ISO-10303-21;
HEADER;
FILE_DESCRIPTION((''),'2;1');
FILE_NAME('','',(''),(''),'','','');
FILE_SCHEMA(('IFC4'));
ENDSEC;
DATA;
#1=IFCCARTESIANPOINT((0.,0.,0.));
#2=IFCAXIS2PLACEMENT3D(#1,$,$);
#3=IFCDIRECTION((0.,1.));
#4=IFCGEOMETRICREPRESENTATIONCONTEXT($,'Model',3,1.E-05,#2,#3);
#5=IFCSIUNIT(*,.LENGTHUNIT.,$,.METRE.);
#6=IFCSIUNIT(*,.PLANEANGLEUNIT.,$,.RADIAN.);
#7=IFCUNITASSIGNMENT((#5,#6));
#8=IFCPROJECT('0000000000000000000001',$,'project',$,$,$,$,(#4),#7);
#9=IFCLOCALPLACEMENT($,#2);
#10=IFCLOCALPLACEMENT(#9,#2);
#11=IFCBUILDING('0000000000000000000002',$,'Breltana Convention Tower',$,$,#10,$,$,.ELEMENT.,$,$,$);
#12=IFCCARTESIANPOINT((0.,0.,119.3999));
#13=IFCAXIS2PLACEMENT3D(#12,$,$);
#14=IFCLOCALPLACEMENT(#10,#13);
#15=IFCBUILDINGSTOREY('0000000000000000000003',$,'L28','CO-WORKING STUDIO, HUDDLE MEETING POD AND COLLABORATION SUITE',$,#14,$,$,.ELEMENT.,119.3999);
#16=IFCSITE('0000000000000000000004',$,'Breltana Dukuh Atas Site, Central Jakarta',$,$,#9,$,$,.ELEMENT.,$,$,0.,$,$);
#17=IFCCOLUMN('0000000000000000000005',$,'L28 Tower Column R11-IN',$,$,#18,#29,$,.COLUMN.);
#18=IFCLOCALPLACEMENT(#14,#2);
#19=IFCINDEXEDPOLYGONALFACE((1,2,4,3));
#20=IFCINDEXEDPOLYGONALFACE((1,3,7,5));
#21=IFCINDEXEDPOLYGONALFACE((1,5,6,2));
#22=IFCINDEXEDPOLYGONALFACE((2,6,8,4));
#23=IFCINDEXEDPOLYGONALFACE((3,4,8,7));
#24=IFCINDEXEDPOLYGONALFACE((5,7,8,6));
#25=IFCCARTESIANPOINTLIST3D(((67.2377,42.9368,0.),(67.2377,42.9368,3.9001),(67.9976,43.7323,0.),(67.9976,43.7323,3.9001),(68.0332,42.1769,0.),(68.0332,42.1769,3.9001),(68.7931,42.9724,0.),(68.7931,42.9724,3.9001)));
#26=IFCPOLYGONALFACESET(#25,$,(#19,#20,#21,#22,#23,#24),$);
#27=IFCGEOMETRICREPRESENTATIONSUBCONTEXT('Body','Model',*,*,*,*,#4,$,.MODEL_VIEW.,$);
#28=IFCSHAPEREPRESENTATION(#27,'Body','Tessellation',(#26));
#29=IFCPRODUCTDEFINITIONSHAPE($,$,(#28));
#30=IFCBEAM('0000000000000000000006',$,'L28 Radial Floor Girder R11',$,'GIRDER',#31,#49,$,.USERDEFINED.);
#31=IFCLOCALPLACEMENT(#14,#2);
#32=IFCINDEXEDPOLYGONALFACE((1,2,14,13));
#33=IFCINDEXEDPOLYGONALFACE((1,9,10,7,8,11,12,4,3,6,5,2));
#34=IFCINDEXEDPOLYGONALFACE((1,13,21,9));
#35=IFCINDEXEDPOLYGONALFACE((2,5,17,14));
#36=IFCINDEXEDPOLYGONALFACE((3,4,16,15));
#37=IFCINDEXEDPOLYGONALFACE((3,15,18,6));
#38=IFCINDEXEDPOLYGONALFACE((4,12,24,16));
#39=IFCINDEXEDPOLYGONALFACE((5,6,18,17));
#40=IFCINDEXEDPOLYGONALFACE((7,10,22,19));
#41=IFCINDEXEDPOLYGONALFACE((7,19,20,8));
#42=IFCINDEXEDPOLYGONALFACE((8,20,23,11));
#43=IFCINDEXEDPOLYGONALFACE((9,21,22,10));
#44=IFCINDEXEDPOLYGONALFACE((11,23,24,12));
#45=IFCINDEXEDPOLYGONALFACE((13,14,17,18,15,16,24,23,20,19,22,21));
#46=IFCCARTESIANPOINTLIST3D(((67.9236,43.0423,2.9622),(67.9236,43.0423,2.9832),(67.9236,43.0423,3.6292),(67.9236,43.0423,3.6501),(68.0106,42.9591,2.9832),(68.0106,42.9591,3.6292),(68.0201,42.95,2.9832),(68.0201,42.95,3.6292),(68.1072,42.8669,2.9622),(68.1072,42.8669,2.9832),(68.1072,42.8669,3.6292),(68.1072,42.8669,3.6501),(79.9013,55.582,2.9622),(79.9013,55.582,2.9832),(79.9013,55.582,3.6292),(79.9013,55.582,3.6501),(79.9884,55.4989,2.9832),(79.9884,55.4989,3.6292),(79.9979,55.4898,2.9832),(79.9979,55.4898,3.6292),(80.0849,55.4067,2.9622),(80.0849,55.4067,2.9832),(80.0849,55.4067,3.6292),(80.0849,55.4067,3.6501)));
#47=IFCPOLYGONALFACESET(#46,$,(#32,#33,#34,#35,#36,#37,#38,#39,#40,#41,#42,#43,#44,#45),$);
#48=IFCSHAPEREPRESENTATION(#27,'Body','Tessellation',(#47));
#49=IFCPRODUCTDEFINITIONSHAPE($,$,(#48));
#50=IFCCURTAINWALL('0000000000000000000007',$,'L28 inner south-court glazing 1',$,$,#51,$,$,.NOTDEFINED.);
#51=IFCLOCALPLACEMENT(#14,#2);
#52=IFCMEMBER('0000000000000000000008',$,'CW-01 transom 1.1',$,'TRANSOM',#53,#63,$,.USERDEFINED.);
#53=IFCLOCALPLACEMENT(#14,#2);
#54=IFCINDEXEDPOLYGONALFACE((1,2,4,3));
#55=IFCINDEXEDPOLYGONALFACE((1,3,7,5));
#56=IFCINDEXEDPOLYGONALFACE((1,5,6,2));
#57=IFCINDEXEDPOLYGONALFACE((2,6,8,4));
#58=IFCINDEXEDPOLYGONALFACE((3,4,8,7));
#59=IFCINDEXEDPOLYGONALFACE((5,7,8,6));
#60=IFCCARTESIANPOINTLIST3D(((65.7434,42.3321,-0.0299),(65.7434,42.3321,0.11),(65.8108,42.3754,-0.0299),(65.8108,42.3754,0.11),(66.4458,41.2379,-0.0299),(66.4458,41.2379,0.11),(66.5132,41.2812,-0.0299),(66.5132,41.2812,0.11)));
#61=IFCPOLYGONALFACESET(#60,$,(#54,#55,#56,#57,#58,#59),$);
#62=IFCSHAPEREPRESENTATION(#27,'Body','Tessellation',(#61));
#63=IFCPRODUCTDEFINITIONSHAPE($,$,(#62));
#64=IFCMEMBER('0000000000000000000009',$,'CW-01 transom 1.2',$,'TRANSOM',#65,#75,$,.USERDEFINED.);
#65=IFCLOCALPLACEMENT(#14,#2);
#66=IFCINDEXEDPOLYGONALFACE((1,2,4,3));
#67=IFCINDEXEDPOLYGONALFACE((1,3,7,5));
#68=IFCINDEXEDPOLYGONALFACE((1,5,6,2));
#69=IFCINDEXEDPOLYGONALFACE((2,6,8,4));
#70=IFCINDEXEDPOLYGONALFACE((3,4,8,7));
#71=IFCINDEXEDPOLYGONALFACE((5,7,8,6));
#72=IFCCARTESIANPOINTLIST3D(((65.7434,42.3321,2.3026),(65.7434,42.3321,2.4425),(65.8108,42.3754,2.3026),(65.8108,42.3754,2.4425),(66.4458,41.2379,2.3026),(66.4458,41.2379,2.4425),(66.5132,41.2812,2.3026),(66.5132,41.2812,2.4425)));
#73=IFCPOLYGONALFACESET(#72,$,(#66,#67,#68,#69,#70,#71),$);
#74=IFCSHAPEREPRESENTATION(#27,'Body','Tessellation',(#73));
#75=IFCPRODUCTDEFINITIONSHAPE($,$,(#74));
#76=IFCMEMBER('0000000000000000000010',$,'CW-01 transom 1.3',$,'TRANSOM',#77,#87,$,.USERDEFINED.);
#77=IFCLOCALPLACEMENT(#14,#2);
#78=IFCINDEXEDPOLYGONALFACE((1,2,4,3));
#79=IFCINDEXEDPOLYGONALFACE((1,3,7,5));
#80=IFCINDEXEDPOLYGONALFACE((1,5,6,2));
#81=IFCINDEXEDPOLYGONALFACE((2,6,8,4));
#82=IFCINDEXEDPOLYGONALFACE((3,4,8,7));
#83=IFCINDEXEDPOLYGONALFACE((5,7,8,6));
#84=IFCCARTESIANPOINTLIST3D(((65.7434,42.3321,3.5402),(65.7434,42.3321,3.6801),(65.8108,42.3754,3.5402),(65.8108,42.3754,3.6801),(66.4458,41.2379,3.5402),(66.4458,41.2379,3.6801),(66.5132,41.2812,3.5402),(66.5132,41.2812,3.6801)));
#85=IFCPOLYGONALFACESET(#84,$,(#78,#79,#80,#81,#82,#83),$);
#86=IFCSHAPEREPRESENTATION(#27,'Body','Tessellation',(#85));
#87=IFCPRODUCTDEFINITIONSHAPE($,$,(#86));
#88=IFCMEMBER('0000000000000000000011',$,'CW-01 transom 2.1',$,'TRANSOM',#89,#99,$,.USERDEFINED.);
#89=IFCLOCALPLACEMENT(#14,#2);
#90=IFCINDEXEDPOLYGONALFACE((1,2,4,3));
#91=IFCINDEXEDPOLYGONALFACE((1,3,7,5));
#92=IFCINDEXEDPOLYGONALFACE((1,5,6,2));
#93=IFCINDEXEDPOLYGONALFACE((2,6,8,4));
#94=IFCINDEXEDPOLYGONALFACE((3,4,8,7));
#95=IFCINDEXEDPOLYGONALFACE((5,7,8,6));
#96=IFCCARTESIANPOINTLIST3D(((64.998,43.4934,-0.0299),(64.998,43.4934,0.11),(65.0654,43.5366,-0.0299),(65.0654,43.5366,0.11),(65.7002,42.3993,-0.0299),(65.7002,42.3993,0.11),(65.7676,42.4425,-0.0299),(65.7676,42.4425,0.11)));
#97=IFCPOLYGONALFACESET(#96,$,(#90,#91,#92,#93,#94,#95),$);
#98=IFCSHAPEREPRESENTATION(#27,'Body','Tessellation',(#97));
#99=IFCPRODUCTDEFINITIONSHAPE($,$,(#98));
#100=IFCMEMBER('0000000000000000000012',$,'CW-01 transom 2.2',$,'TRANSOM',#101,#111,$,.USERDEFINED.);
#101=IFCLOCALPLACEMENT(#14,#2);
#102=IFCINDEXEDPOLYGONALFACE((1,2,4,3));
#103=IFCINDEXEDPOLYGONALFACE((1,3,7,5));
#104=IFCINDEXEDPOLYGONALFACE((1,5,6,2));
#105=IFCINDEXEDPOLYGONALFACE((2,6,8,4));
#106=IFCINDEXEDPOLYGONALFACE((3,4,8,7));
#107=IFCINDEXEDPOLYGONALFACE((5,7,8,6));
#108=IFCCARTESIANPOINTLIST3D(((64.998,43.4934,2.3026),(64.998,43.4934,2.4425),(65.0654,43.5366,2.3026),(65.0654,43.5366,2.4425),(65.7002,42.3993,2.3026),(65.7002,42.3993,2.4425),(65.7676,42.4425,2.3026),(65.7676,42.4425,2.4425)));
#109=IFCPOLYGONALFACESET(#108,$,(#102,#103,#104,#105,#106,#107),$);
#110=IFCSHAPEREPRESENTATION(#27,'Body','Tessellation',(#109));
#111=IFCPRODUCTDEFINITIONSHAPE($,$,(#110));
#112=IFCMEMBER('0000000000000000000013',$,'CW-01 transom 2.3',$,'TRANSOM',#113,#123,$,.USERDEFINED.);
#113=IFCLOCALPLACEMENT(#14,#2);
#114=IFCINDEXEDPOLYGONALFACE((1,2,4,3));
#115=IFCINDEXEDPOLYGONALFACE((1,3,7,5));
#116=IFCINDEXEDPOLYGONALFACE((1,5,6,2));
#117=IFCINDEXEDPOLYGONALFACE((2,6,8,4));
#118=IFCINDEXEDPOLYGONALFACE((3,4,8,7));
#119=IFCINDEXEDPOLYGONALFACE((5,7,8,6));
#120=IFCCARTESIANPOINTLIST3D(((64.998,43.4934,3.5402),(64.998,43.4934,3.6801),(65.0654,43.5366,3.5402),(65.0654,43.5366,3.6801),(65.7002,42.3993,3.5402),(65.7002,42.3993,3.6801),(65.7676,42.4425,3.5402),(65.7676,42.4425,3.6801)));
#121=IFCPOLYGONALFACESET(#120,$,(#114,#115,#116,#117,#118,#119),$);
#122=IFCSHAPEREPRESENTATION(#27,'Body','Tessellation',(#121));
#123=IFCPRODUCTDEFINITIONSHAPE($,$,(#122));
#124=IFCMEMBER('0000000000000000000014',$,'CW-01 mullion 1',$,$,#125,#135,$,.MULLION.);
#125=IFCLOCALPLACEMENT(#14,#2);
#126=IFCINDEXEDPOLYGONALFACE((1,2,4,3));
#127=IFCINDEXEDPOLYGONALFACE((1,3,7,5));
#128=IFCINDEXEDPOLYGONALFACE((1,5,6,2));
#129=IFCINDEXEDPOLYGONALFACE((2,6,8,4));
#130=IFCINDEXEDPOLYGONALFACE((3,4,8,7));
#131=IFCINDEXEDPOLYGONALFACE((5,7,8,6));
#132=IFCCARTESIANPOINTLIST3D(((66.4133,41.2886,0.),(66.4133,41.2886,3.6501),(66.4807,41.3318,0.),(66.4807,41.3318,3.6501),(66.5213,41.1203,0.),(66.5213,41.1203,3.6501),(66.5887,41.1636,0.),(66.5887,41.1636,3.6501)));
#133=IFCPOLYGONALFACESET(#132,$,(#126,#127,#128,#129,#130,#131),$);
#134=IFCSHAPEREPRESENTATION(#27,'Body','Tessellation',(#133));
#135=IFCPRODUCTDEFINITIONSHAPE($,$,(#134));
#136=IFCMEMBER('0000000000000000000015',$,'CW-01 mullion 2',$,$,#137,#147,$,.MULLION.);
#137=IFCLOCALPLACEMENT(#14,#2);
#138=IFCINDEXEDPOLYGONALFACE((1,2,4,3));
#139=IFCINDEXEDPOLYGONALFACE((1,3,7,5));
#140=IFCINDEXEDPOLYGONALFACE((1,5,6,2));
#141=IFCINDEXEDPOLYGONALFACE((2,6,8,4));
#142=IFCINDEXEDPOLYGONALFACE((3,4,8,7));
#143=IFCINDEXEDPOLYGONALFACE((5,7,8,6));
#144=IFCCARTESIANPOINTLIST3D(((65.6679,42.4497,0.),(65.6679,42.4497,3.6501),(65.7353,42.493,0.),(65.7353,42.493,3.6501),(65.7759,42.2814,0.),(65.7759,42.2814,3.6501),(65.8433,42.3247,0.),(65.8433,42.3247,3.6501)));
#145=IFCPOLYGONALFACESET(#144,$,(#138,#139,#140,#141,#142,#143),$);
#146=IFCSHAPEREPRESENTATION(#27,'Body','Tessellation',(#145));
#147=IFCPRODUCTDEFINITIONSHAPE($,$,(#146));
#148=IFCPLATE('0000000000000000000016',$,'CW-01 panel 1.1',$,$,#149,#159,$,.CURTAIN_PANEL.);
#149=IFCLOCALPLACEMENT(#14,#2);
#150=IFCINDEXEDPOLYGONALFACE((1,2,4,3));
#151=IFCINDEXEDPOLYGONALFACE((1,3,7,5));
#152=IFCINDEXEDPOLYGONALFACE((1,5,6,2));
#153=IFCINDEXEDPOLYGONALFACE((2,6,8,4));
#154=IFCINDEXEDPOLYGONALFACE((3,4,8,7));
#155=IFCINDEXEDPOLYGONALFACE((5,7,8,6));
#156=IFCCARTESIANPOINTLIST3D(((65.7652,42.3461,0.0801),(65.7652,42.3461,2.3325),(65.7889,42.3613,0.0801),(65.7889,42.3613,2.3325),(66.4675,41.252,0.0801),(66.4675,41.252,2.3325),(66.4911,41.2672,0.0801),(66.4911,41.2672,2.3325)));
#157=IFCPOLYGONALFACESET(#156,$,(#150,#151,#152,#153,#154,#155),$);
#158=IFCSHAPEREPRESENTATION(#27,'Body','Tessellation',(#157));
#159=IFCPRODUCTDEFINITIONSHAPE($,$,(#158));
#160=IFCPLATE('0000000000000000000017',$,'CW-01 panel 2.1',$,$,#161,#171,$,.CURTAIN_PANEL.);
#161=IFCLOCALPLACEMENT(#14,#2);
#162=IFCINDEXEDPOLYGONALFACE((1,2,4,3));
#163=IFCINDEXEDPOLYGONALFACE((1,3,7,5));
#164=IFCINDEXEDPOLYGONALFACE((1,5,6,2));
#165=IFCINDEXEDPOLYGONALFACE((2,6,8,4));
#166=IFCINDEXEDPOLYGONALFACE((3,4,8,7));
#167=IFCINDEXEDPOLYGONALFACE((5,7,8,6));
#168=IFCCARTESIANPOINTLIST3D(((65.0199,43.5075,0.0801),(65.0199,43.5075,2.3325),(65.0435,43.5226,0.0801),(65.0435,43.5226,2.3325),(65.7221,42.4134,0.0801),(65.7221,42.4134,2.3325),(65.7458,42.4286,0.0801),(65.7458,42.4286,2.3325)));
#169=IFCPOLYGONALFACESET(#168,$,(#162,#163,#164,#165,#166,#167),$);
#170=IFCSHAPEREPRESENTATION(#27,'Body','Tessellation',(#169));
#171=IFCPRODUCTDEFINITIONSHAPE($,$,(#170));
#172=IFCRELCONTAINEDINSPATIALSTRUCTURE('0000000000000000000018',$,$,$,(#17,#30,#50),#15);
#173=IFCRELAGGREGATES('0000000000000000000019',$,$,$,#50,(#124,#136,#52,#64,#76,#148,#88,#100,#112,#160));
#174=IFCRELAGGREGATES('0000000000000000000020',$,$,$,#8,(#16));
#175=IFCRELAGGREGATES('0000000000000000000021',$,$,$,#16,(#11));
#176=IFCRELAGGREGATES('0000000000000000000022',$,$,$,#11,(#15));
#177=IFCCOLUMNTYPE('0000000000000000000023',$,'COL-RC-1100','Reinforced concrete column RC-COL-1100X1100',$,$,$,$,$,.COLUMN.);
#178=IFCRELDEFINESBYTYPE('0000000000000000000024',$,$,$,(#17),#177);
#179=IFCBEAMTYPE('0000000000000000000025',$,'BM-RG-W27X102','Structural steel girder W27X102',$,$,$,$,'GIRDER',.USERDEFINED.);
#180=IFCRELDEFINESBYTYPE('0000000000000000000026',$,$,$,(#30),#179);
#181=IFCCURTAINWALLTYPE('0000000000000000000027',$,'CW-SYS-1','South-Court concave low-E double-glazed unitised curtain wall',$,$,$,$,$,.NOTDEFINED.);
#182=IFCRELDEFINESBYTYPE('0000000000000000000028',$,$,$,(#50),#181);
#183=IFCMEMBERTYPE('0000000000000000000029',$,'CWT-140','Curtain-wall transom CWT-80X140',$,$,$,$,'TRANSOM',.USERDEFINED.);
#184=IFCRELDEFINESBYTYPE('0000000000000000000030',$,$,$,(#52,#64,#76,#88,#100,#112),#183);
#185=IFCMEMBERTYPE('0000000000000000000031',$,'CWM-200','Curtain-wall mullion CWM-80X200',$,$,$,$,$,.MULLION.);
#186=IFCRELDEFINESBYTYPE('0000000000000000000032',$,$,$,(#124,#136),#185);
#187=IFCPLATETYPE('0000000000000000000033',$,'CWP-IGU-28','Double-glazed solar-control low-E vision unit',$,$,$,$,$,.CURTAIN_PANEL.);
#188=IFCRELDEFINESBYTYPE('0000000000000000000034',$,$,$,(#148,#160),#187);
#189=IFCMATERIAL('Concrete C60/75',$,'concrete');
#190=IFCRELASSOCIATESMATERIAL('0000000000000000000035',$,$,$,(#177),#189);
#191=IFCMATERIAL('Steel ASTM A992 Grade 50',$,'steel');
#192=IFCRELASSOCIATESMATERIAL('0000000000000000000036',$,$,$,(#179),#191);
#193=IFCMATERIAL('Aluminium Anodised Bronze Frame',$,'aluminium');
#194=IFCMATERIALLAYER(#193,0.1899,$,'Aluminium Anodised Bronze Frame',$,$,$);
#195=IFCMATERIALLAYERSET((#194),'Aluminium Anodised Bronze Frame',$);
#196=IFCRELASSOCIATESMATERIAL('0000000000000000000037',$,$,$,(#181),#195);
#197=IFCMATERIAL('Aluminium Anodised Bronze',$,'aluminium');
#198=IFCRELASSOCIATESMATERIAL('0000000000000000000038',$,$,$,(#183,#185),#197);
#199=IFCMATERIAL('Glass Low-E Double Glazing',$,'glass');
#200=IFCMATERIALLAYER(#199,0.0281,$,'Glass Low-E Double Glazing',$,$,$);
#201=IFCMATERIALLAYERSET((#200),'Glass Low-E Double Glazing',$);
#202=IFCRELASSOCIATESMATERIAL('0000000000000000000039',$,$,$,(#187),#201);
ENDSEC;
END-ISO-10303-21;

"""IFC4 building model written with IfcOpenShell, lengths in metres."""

from ifc_helpers import new_model, si_unit, direction, frame, origin, origin_2d, place, context, subcontext, project, spatial, rectangle, i_section, extrude, source, transform, mapped, material, layer, layer_set, material_profile, profile_set, type_object, type_shapes, element, aggregate, save


model = new_model("IFC4")

# Units and contexts
model_context = context("Model", 3, precision=1e-05, world=origin(), true_north=direction((0.0, 1.0)))
body_context = subcontext(model_context, "Body", "Model", "MODEL_VIEW")
ifc_project = project(units=[si_unit("LENGTHUNIT", "METRE"), si_unit("PLANEANGLEUNIT", "RADIAN")], contexts=[model_context])

# Site, building, storey
site_placement = place(None, origin())
site = spatial("IfcSite", under=ifc_project, at=site_placement, Name="Breltana Dukuh Atas Site, Central Jakarta", CompositionType="ELEMENT", RefElevation=0.0)
building_placement = place(site_placement, origin())
building = spatial("IfcBuilding", under=site, at=building_placement, Name="Breltana Convention Tower", CompositionType="ELEMENT")
storey_placement = place(building_placement, frame((0.0, 0.0, 119.3999)))
storey = spatial("IfcBuildingStorey", under=building, at=storey_placement, Name="L28", Description="CO-WORKING STUDIO, HUDDLE MEETING POD AND COLLABORATION SUITE", CompositionType="ELEMENT", Elevation=119.3999)

# Column
ifc_material_1 = material(Name="Concrete C60/75", Category="concrete")
ifc_material_profile_1 = material_profile(ifc_material_1, rectangle(XDim=1.1001, YDim=1.1001, at=origin_2d()), Name="RC-COL-1100X1100")
ifc_profile_set_1 = profile_set([ifc_material_profile_1], Name="Concrete C60/75")
column_type = type_object("IfcColumnType", Name="COL-RC-1100", Description="Reinforced concrete column RC-COL-1100X1100", PredefinedType="COLUMN", material=ifc_profile_set_1)
shared_shape_1 = source(origin(), body_context, "Body", "SweptSolid", [
    extrude(rectangle(XDim=1.1001, YDim=1.1001, at=origin_2d()), origin(), (0.0, 0.0, 1.0), 3.9001),
])
column_placement = place(storey_placement, frame((68.0154, 42.9546, 0.0), z_axis=(0.0, 0.0, 1.0), x_axis=(0.690756, 0.723088, 0.0)))
element("IfcColumn", 1, at=column_placement, inside=storey, type_object=column_type, Name="L28 Tower Column R11-IN", PredefinedType="COLUMN", context=body_context, shape_type="MappedRepresentation", body=[
    mapped(shared_shape_1, transform((0.0, 0.0, 0.0), scale=1.0)),
])

# Beam
ifc_material_2 = material(Name="Steel ASTM A992 Grade 50", Category="steel")
ifc_material_profile_2 = material_profile(ifc_material_2, i_section(OverallWidth=0.2539, OverallDepth=0.688, WebThickness=0.0132, FlangeThickness=0.021, at=origin_2d()), Name="W27X102")
ifc_profile_set_2 = profile_set([ifc_material_profile_2], Name="Steel ASTM A992 Grade 50")
beam_type = type_object("IfcBeamType", Name="BM-RG-W27X102", Description="Structural steel girder W27X102", ElementType="GIRDER", PredefinedType="USERDEFINED", material=ifc_profile_set_2)
shared_shape_2 = source(origin(), body_context, "Body", "SweptSolid", [
    extrude(i_section(OverallWidth=0.2539, OverallDepth=0.688, WebThickness=0.0132, FlangeThickness=0.021, at=origin_2d()), origin(), (0.0, 0.0, 1.0), 17.3411),
])
type_shapes(beam_type, [shared_shape_2])
beam_placement = place(storey_placement, frame((68.0154, 42.9546, 3.3062), z_axis=(0.690716, 0.723126, 0.0), x_axis=(-0.723126, 0.690716, 0.0)))
element("IfcBeam", 2, at=beam_placement, inside=storey, type_object=beam_type, Name="L28 Radial Floor Girder R11", ObjectType="GIRDER", PredefinedType="USERDEFINED", context=body_context, shape_type="MappedRepresentation", body=[
    mapped(shared_shape_2, transform((0.0, 0.0, 0.0), scale=1.0)),
])

# Curtain wall, members, plates
ifc_material_3 = material(Name="Aluminium Anodised Bronze Frame", Category="aluminium")
ifc_layer_1 = layer(ifc_material_3, 0.1899, Name="Aluminium Anodised Bronze Frame")
ifc_layer_set_1 = layer_set([ifc_layer_1], Name="Aluminium Anodised Bronze Frame")
curtain_wall_type = type_object("IfcCurtainWallType", Name="CW-SYS-1", Description="South-Court concave low-E double-glazed unitised curtain wall", PredefinedType="NOTDEFINED", material=ifc_layer_set_1)
curtain_wall_placement = place(storey_placement, origin())
curtain_wall = element("IfcCurtainWall", 3, at=curtain_wall_placement, inside=storey, type_object=curtain_wall_type, Name="L28 inner south-court glazing 1", PredefinedType="NOTDEFINED")
ifc_material_4 = material(Name="Aluminium Anodised Bronze", Category="aluminium")
ifc_material_profile_3 = material_profile(ifc_material_4, rectangle(XDim=0.0801, YDim=0.1399, at=origin_2d()), Name="CWT-80X140")
ifc_profile_set_3 = profile_set([ifc_material_profile_3], Name="Aluminium Anodised Bronze")
member_type_1 = type_object("IfcMemberType", Name="CWT-140", Description="Curtain-wall transom CWT-80X140", ElementType="TRANSOM", PredefinedType="USERDEFINED", material=ifc_profile_set_3)
shared_shape_3 = source(origin(), body_context, "Body", "SweptSolid", [
    extrude(rectangle(XDim=0.0801, YDim=0.1399, at=origin_2d()), origin(), (0.0, 0.0, 1.0), 1.3003),
])
member_1_placement = place(storey_placement, frame((66.4795, 41.2595, 0.04), z_axis=(-0.540188, 0.841544, 0.0), x_axis=(-0.841544, -0.540188, 0.0)))
member_1 = element("IfcMember", 4, at=member_1_placement, type_object=member_type_1, Name="CW-01 transom 1.1", ObjectType="TRANSOM", PredefinedType="USERDEFINED", context=body_context, shape_type="MappedRepresentation", body=[
    mapped(shared_shape_3, transform((0.0, 0.0, 0.0), scale=1.0)),
])
member_2_placement = place(storey_placement, frame((66.4795, 41.2595, 2.3726), z_axis=(-0.540188, 0.841544, 0.0), x_axis=(-0.841544, -0.540188, 0.0)))
member_2 = element("IfcMember", 5, at=member_2_placement, type_object=member_type_1, Name="CW-01 transom 1.2", ObjectType="TRANSOM", PredefinedType="USERDEFINED", context=body_context, shape_type="MappedRepresentation", body=[
    mapped(shared_shape_3, transform((0.0, 0.0, 0.0), scale=1.0)),
])
member_3_placement = place(storey_placement, frame((66.4795, 41.2595, 3.6101), z_axis=(-0.540188, 0.841544, 0.0), x_axis=(-0.841544, -0.540188, 0.0)))
member_3 = element("IfcMember", 6, at=member_3_placement, type_object=member_type_1, Name="CW-01 transom 1.3", ObjectType="TRANSOM", PredefinedType="USERDEFINED", context=body_context, shape_type="MappedRepresentation", body=[
    mapped(shared_shape_3, transform((0.0, 0.0, 0.0), scale=1.0)),
])
shared_shape_4 = source(origin(), body_context, "Body", "SweptSolid", [
    extrude(rectangle(XDim=0.0801, YDim=0.1399, at=origin_2d()), origin(), (0.0, 0.0, 1.0), 1.3),
])
member_4_placement = place(storey_placement, frame((65.7339, 42.4209, 0.04), z_axis=(-0.54014, 0.841575, 0.0), x_axis=(-0.841575, -0.54014, 0.0)))
member_4 = element("IfcMember", 7, at=member_4_placement, type_object=member_type_1, Name="CW-01 transom 2.1", ObjectType="TRANSOM", PredefinedType="USERDEFINED", context=body_context, shape_type="MappedRepresentation", body=[
    mapped(shared_shape_4, transform((0.0, 0.0, 0.0), scale=1.0)),
])
member_5_placement = place(storey_placement, frame((65.7339, 42.4209, 2.3726), z_axis=(-0.54014, 0.841575, 0.0), x_axis=(-0.841575, -0.54014, 0.0)))
member_5 = element("IfcMember", 8, at=member_5_placement, type_object=member_type_1, Name="CW-01 transom 2.2", ObjectType="TRANSOM", PredefinedType="USERDEFINED", context=body_context, shape_type="MappedRepresentation", body=[
    mapped(shared_shape_4, transform((0.0, 0.0, 0.0), scale=1.0)),
])
member_6_placement = place(storey_placement, frame((65.7339, 42.4209, 3.6101), z_axis=(-0.54014, 0.841575, 0.0), x_axis=(-0.841575, -0.54014, 0.0)))
member_6 = element("IfcMember", 9, at=member_6_placement, type_object=member_type_1, Name="CW-01 transom 2.3", ObjectType="TRANSOM", PredefinedType="USERDEFINED", context=body_context, shape_type="MappedRepresentation", body=[
    mapped(shared_shape_4, transform((0.0, 0.0, 0.0), scale=1.0)),
])
ifc_material_profile_4 = material_profile(ifc_material_4, rectangle(XDim=0.0801, YDim=0.2, at=origin_2d()), Name="CWM-80X200")
ifc_profile_set_4 = profile_set([ifc_material_profile_4], Name="Aluminium Anodised Bronze")
member_type_2 = type_object("IfcMemberType", Name="CWM-200", Description="Curtain-wall mullion CWM-80X200", PredefinedType="MULLION", material=ifc_profile_set_4)
shared_shape_5 = source(origin(), body_context, "Body", "SweptSolid", [
    extrude(rectangle(XDim=0.0801, YDim=0.2, at=origin_2d()), origin(), (0.0, 0.0, 1.0), 3.6501),
])
member_7_placement = place(storey_placement, frame((66.501, 41.2261, 0.0), z_axis=(0.0, 0.0, 1.0), x_axis=(-0.841551, -0.540177, 0.0)))
member_7 = element("IfcMember", 10, at=member_7_placement, type_object=member_type_2, Name="CW-01 mullion 1", PredefinedType="MULLION", context=body_context, shape_type="MappedRepresentation", body=[
    mapped(shared_shape_5, transform((0.0, 0.0, 0.0), scale=1.0)),
])
member_8_placement = place(storey_placement, frame((65.7556, 42.3872, 0.0), z_axis=(0.0, 0.0, 1.0), x_axis=(-0.841551, -0.540177, 0.0)))
member_8 = element("IfcMember", 11, at=member_8_placement, type_object=member_type_2, Name="CW-01 mullion 2", PredefinedType="MULLION", context=body_context, shape_type="MappedRepresentation", body=[
    mapped(shared_shape_5, transform((0.0, 0.0, 0.0), scale=1.0)),
])
ifc_material_5 = material(Name="Glass Low-E Double Glazing", Category="glass")
ifc_layer_2 = layer(ifc_material_5, 0.0281, Name="Glass Low-E Double Glazing")
ifc_layer_set_2 = layer_set([ifc_layer_2], Name="Glass Low-E Double Glazing")
plate_type = type_object("IfcPlateType", Name="CWP-IGU-28", Description="Double-glazed solar-control low-E vision unit", PredefinedType="CURTAIN_PANEL", material=ifc_layer_set_2)
shared_shape_6 = source(origin(), body_context, "Body", "SweptSolid", [
    extrude(rectangle(XDim=1.3, YDim=0.0281, at=origin_2d()), origin(), (0.0, 0.0, 1.0), 2.2524),
])
plate_1_placement = place(storey_placement, frame((66.1282, 41.8066, 0.0801), z_axis=(0.0, 0.0, 1.0), x_axis=(-0.540177, 0.841551, 0.0)))
plate_1 = element("IfcPlate", 12, at=plate_1_placement, type_object=plate_type, Name="CW-01 panel 1.1", PredefinedType="CURTAIN_PANEL", context=body_context, shape_type="MappedRepresentation", body=[
    mapped(shared_shape_6, transform((0.0, 0.0, 0.0), scale=1.0)),
])
plate_2_placement = place(storey_placement, frame((65.3828, 42.968, 0.0801), z_axis=(0.0, 0.0, 1.0), x_axis=(-0.540177, 0.841551, 0.0)))
plate_2 = element("IfcPlate", 13, at=plate_2_placement, type_object=plate_type, Name="CW-01 panel 2.1", PredefinedType="CURTAIN_PANEL", context=body_context, shape_type="MappedRepresentation", body=[
    mapped(shared_shape_6, transform((0.0, 0.0, 0.0), scale=1.0)),
])
aggregate(curtain_wall, [member_7, member_8, member_1, member_2, member_3, plate_1, member_4, member_5, member_6, plate_2])

save(model, "model.ifc")
